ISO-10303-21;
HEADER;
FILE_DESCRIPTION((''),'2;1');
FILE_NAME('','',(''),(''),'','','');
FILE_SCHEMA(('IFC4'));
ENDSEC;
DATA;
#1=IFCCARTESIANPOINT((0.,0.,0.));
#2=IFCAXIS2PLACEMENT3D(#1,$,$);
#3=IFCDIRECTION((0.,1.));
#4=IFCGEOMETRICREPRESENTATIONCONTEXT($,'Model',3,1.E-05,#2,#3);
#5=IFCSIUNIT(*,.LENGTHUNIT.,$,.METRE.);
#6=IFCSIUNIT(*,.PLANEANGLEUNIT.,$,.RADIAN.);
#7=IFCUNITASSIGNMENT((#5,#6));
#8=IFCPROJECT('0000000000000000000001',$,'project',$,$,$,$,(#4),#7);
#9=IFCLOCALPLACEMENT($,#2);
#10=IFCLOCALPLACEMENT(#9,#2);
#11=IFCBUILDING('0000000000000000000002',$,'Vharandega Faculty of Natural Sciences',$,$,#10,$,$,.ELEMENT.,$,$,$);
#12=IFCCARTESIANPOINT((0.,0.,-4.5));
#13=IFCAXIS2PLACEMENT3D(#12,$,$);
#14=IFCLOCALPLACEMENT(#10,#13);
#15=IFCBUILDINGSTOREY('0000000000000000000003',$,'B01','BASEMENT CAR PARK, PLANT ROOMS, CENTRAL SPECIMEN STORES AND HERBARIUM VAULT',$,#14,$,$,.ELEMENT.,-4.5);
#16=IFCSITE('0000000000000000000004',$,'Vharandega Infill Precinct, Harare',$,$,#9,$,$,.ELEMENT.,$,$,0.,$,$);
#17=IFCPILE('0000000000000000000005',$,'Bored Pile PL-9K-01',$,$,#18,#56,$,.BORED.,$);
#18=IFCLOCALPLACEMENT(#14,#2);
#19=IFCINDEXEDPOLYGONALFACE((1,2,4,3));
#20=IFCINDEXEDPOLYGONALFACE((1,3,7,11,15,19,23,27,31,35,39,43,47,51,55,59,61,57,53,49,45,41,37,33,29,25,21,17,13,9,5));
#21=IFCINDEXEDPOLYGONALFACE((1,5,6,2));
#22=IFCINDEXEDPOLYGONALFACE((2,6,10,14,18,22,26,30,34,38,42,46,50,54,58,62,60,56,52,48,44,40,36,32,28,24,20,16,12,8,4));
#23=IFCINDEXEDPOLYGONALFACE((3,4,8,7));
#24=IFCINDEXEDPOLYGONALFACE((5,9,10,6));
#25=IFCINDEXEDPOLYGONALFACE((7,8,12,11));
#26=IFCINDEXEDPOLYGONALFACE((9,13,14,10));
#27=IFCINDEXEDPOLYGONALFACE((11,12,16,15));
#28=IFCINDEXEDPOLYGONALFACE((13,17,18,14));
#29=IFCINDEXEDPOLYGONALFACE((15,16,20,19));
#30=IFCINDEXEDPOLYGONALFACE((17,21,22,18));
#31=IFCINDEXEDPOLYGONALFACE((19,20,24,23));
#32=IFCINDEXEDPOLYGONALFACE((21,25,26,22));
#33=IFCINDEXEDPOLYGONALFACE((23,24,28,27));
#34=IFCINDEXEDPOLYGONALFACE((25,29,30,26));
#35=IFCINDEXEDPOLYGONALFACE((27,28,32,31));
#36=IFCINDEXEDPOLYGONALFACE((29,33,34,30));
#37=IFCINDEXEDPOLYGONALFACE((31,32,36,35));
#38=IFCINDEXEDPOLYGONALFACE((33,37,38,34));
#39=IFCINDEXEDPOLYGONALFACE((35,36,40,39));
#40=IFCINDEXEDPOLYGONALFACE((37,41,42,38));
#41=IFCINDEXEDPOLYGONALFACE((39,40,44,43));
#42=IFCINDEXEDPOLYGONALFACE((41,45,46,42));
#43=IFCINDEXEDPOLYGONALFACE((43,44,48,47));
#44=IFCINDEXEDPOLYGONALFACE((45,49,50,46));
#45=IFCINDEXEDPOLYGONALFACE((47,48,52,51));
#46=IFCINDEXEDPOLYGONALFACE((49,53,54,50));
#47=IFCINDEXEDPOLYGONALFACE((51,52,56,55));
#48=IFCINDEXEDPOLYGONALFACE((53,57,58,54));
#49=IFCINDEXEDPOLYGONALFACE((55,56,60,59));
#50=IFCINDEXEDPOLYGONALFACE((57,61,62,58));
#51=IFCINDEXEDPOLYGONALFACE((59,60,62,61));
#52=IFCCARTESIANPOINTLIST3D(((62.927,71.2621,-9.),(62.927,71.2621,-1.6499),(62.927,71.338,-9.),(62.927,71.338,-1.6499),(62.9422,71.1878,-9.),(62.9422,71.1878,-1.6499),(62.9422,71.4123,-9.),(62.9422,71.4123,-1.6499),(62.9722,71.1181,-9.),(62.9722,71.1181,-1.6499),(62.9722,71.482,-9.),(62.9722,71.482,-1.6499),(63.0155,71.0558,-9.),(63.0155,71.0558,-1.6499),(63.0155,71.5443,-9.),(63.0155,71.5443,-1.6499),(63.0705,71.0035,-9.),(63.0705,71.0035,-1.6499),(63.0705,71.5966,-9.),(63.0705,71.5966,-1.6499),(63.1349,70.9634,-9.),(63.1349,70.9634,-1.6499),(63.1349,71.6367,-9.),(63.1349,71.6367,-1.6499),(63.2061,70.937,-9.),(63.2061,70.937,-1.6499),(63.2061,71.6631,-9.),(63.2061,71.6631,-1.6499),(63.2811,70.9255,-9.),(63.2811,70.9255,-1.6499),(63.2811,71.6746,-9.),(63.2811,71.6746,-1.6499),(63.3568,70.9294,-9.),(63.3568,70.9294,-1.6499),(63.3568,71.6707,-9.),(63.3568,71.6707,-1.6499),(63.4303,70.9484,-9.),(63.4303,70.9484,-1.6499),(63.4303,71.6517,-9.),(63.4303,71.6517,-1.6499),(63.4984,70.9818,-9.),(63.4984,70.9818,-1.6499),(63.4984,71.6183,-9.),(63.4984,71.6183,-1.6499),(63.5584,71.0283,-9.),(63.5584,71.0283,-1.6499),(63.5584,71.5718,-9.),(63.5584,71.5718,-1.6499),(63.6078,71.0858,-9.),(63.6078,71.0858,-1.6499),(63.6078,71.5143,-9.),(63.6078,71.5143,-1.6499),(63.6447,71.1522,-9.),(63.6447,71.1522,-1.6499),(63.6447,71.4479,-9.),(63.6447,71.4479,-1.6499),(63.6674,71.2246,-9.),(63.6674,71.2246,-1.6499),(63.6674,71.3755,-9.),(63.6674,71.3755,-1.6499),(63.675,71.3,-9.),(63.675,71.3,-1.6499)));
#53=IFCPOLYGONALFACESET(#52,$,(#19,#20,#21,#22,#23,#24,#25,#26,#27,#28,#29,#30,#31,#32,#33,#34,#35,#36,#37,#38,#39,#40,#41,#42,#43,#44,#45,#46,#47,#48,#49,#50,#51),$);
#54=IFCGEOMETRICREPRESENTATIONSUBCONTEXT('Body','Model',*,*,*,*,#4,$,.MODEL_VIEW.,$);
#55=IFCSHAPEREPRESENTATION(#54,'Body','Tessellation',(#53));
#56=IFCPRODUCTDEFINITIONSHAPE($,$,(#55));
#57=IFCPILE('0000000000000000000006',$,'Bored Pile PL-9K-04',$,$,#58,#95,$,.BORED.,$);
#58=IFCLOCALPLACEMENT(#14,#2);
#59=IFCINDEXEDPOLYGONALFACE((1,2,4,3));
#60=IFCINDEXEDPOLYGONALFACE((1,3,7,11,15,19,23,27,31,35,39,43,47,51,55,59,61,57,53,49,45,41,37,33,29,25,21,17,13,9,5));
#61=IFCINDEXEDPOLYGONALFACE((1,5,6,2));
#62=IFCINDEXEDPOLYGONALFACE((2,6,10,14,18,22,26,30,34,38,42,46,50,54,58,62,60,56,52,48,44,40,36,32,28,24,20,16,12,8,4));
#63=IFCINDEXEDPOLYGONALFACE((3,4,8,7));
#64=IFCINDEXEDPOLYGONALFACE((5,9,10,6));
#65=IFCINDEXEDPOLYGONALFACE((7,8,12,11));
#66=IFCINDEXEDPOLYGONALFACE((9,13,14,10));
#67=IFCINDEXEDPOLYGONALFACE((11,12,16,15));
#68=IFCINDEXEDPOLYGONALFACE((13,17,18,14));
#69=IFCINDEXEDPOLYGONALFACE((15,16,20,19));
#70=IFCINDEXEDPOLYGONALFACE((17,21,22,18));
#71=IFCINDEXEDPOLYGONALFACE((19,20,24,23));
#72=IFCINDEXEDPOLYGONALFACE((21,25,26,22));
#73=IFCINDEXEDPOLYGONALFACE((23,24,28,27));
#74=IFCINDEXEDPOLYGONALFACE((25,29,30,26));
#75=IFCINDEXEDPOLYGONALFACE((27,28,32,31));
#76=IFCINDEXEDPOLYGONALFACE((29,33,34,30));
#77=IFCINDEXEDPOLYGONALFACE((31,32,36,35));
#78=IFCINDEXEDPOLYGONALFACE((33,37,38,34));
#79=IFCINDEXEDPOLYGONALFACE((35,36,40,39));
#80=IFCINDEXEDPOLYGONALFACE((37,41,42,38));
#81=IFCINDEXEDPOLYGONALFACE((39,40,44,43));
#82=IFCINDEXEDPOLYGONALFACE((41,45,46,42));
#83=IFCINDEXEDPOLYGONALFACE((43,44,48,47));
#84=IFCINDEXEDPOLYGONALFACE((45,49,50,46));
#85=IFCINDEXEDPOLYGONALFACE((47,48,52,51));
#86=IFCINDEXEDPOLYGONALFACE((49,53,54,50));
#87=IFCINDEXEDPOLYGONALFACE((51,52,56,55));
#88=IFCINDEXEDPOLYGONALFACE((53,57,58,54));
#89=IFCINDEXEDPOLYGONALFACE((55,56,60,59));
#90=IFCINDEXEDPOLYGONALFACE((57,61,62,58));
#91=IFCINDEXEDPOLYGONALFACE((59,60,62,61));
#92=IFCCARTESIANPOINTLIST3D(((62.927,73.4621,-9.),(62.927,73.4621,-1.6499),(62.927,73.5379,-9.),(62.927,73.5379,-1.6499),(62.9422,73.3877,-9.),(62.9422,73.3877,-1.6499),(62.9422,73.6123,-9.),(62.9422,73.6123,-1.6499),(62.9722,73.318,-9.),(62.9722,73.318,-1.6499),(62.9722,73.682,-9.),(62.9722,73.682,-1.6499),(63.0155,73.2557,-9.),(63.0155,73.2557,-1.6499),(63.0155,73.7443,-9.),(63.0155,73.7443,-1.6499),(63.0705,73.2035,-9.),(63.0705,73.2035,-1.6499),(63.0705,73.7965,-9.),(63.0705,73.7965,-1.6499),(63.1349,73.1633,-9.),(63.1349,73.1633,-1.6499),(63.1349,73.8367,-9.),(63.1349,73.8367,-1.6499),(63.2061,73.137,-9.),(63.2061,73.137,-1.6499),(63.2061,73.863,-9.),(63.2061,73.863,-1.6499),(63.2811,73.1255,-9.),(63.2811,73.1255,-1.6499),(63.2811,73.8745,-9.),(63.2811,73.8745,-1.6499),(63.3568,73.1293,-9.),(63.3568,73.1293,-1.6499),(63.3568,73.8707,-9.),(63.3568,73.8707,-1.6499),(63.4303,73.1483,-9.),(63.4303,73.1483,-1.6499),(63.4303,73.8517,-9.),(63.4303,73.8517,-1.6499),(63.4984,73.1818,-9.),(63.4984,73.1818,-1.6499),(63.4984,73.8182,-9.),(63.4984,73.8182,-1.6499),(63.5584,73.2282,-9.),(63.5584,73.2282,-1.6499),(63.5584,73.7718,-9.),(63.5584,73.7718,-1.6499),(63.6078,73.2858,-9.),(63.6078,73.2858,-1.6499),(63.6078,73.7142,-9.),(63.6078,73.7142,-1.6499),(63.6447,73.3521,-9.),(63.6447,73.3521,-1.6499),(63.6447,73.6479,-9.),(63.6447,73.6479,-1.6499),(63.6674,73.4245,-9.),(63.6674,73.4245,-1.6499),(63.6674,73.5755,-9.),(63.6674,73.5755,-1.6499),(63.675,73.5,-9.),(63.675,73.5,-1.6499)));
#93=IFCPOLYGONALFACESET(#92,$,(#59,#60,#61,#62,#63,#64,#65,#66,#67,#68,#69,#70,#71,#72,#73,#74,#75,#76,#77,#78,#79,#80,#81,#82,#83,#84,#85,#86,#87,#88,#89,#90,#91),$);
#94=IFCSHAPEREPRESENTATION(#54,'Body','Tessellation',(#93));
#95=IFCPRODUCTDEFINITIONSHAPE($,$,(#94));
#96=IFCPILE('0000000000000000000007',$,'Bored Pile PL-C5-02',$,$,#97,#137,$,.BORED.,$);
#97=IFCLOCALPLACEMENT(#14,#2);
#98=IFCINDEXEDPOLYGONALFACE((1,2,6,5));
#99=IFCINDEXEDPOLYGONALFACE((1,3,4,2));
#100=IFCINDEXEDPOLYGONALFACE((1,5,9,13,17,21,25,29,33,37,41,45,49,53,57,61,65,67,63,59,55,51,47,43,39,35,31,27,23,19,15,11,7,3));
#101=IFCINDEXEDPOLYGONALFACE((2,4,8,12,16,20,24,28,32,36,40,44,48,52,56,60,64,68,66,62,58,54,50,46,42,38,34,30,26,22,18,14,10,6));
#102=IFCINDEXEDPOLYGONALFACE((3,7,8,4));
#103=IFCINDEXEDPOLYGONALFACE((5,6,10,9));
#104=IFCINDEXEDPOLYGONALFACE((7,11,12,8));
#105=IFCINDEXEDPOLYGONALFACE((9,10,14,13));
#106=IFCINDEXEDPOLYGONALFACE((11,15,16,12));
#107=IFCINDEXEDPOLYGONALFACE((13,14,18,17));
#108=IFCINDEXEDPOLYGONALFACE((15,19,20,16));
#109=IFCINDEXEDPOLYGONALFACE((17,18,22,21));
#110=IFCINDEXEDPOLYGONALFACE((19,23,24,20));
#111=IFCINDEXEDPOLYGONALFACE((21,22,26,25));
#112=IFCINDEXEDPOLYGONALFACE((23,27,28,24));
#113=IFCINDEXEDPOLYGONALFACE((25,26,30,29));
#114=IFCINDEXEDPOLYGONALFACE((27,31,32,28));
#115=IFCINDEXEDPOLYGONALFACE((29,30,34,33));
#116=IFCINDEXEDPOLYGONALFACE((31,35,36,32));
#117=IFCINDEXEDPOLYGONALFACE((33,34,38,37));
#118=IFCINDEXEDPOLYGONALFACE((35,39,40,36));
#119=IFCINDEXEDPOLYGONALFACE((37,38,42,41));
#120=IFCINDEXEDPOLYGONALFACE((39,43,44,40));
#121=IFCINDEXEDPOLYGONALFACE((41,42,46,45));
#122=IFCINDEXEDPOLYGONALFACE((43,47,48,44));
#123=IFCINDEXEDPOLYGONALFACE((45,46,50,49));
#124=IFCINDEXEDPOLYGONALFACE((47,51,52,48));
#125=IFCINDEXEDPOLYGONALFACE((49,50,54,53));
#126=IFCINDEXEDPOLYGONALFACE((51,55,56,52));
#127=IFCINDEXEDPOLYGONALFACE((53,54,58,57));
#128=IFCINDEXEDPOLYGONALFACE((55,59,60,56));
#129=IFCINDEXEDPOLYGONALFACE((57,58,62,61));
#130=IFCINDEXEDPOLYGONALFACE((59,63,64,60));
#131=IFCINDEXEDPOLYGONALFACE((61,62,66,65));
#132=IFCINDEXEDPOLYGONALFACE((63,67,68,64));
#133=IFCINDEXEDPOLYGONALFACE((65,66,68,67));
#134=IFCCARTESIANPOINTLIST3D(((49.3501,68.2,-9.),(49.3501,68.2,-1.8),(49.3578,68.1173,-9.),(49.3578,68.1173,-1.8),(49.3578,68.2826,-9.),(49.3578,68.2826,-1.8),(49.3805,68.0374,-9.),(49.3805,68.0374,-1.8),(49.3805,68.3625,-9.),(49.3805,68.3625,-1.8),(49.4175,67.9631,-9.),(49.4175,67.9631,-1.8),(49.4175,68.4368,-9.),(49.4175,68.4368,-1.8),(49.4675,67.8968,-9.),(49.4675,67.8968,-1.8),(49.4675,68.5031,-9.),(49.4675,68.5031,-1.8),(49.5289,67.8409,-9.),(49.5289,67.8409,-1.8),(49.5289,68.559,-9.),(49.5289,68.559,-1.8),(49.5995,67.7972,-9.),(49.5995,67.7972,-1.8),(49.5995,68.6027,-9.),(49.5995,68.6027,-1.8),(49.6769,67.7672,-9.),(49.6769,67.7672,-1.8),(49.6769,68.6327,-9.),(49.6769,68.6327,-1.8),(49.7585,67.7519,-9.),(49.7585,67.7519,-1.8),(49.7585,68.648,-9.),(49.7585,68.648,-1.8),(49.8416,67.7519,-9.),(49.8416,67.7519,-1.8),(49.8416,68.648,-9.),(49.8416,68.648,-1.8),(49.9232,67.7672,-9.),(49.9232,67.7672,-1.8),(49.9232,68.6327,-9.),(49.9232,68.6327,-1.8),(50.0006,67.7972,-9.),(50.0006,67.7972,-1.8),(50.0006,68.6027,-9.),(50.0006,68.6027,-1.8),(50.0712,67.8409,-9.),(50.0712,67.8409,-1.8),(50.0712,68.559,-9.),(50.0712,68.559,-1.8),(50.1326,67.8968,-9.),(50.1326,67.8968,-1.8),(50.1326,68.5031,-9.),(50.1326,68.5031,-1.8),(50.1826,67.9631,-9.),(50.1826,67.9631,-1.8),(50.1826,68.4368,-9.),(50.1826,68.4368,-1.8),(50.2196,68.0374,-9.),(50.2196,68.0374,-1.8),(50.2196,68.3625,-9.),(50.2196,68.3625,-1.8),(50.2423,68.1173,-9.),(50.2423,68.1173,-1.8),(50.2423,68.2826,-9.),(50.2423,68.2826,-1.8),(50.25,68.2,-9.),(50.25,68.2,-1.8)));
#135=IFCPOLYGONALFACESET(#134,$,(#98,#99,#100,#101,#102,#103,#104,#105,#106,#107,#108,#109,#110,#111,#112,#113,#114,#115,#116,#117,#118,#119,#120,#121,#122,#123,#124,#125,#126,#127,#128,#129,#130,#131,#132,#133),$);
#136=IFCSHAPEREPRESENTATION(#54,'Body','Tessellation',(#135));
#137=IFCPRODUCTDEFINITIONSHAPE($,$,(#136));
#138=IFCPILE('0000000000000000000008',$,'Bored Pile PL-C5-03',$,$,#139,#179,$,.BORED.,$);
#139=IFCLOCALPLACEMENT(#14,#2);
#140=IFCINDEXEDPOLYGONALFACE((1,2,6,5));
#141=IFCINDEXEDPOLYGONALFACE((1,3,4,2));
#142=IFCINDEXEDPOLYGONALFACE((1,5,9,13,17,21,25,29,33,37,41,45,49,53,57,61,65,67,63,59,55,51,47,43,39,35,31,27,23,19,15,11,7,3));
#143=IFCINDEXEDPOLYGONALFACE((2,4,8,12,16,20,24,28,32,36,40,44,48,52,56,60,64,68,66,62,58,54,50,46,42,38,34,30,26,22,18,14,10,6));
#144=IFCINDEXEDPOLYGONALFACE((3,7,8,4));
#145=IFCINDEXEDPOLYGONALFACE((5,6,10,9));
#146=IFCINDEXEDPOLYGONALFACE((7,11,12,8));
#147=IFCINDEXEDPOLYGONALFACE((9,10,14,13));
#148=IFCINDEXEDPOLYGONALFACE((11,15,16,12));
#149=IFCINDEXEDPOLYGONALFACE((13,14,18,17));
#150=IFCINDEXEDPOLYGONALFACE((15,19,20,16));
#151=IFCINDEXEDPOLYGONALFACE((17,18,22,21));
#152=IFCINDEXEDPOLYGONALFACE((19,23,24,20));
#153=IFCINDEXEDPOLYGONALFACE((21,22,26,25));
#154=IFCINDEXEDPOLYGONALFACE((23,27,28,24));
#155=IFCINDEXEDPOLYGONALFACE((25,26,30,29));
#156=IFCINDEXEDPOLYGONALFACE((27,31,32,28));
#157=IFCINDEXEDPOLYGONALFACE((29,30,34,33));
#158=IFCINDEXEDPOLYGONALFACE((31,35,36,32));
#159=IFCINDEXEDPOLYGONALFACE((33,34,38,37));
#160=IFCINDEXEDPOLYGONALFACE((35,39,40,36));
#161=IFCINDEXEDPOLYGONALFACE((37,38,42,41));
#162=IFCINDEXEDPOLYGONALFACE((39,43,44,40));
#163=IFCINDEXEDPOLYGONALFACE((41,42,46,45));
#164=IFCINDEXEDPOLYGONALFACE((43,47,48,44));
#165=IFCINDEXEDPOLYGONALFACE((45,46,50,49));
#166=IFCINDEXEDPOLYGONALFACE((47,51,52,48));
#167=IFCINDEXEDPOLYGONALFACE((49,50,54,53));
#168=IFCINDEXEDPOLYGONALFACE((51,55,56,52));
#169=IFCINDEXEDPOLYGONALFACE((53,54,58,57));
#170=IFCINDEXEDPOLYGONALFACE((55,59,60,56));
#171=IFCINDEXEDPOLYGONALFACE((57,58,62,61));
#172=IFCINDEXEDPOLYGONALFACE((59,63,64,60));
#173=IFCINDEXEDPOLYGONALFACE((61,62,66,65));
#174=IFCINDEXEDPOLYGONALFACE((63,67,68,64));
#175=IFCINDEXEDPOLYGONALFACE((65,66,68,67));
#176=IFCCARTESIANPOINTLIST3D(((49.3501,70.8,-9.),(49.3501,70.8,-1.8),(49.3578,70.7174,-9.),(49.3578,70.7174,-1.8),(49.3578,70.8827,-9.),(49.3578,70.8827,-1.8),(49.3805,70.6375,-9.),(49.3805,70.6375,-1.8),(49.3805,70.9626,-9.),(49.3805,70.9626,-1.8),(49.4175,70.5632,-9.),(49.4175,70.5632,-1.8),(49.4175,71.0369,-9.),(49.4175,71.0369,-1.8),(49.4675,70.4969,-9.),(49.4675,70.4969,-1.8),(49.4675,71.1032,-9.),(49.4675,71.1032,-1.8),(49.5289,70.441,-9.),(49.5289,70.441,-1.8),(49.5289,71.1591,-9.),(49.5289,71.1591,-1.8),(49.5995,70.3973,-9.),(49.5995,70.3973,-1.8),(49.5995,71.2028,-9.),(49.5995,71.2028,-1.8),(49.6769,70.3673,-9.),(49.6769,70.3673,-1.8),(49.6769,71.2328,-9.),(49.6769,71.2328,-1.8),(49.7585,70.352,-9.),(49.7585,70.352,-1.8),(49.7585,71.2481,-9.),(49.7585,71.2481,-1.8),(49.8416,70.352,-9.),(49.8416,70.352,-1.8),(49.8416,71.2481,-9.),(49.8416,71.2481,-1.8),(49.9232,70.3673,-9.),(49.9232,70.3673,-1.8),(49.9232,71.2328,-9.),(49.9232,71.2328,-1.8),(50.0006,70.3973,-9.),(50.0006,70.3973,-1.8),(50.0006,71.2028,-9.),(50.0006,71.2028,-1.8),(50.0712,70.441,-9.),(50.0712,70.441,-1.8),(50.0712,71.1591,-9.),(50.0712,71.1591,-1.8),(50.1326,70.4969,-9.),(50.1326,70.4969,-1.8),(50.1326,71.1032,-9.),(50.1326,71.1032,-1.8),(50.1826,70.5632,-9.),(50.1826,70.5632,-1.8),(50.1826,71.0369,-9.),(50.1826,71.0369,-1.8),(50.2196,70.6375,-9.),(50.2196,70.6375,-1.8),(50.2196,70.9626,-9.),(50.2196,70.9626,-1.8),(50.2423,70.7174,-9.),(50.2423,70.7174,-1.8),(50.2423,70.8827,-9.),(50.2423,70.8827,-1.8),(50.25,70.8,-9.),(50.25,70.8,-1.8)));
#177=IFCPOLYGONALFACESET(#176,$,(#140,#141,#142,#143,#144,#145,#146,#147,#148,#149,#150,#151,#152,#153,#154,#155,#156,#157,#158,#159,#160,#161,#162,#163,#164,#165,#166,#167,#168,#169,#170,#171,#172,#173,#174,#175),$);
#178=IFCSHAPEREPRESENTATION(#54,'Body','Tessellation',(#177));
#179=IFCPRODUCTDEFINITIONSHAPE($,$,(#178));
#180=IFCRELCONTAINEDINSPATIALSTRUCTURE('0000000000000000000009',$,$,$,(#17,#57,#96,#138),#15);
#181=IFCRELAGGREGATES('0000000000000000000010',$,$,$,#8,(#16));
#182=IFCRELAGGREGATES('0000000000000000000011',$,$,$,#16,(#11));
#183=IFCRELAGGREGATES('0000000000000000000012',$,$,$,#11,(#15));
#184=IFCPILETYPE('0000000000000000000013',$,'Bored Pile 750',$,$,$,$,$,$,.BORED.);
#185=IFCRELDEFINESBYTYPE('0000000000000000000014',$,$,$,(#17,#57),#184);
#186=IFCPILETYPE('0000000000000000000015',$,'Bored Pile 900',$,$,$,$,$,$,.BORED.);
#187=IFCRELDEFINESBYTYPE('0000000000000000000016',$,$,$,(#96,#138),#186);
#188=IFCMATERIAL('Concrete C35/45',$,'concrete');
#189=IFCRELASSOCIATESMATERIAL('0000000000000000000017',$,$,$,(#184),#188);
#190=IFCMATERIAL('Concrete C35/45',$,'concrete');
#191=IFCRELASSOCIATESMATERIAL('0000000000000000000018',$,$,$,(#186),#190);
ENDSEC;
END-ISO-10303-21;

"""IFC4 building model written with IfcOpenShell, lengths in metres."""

from ifc_helpers import new_model, si_unit, direction, frame, origin, origin_2d, place, context, subcontext, project, spatial, circle, extrude, material, material_profile, profile_set, type_object, element, save


model = new_model("IFC4")

# Units and contexts
model_context = context("Model", 3, precision=1e-05, world=origin(), true_north=direction((0.0, 1.0)))
body_context = subcontext(model_context, "Body", "Model", "MODEL_VIEW")
ifc_project = project(units=[si_unit("LENGTHUNIT", "METRE"), si_unit("PLANEANGLEUNIT", "RADIAN")], contexts=[model_context])

# Site, building, storey
site_placement = place(None, origin())
site = spatial("IfcSite", under=ifc_project, at=site_placement, Name="Vharandega Infill Precinct, Harare", CompositionType="ELEMENT", RefElevation=0.0)
building_placement = place(site_placement, origin())
building = spatial("IfcBuilding", under=site, at=building_placement, Name="Vharandega Faculty of Natural Sciences", CompositionType="ELEMENT")
storey_placement = place(building_placement, frame((0.0, 0.0, -4.5)))
storey = spatial("IfcBuildingStorey", under=building, at=storey_placement, Name="B01", Description="BASEMENT CAR PARK, PLANT ROOMS, CENTRAL SPECIMEN STORES AND HERBARIUM VAULT", CompositionType="ELEMENT", Elevation=-4.5)

# Piles
ifc_material_1 = material(Name="Concrete C35/45", Category="concrete")
ifc_material_profile_1 = material_profile(ifc_material_1, circle(Radius=0.375, at=origin_2d()), Name="PILE 750")
ifc_profile_set_1 = profile_set([ifc_material_profile_1], Name="Concrete C35/45")
pile_type_1 = type_object("IfcPileType", Name="Bored Pile 750", PredefinedType="BORED", material=ifc_profile_set_1)
for number, where, z_axis, x_axis, name in (
    (1, (63.3, 71.3, -1.6499), (0.0, 0.0, -1.0), (1.0, 0.0, 0.0), "Bored Pile PL-9K-01"),
    (2, (63.3, 73.5, -1.6499), (0.0, 0.0, -1.0), (1.0, 0.0, 0.0), "Bored Pile PL-9K-04"),
):
    element("IfcPile", number, at=place(storey_placement, frame(where, z_axis=z_axis, x_axis=x_axis)), inside=storey, type_object=pile_type_1, Name=name, PredefinedType="BORED", context=body_context, shape_type="SweptSolid", body=[
        extrude(circle(Radius=0.375, at=origin_2d()), origin(), (0.0, 0.0, 1.0), 7.3501),
    ])
ifc_material_2 = material(Name="Concrete C35/45", Category="concrete")
ifc_material_profile_2 = material_profile(ifc_material_2, circle(Radius=0.45, at=origin_2d()), Name="PILE 900")
ifc_profile_set_2 = profile_set([ifc_material_profile_2], Name="Concrete C35/45")
pile_type_2 = type_object("IfcPileType", Name="Bored Pile 900", PredefinedType="BORED", material=ifc_profile_set_2)
for number, where, z_axis, x_axis, name in (
    (3, (49.8, 68.2, -1.8), (0.0, 0.0, -1.0), (1.0, 0.0, 0.0), "Bored Pile PL-C5-02"),
    (4, (49.8, 70.8, -1.8), (0.0, 0.0, -1.0), (1.0, 0.0, 0.0), "Bored Pile PL-C5-03"),
):
    element("IfcPile", number, at=place(storey_placement, frame(where, z_axis=z_axis, x_axis=x_axis)), inside=storey, type_object=pile_type_2, Name=name, PredefinedType="BORED", context=body_context, shape_type="SweptSolid", body=[
        extrude(circle(Radius=0.45, at=origin_2d()), origin(), (0.0, 0.0, 1.0), 7.2),
    ])

save(model, "model.ifc")
